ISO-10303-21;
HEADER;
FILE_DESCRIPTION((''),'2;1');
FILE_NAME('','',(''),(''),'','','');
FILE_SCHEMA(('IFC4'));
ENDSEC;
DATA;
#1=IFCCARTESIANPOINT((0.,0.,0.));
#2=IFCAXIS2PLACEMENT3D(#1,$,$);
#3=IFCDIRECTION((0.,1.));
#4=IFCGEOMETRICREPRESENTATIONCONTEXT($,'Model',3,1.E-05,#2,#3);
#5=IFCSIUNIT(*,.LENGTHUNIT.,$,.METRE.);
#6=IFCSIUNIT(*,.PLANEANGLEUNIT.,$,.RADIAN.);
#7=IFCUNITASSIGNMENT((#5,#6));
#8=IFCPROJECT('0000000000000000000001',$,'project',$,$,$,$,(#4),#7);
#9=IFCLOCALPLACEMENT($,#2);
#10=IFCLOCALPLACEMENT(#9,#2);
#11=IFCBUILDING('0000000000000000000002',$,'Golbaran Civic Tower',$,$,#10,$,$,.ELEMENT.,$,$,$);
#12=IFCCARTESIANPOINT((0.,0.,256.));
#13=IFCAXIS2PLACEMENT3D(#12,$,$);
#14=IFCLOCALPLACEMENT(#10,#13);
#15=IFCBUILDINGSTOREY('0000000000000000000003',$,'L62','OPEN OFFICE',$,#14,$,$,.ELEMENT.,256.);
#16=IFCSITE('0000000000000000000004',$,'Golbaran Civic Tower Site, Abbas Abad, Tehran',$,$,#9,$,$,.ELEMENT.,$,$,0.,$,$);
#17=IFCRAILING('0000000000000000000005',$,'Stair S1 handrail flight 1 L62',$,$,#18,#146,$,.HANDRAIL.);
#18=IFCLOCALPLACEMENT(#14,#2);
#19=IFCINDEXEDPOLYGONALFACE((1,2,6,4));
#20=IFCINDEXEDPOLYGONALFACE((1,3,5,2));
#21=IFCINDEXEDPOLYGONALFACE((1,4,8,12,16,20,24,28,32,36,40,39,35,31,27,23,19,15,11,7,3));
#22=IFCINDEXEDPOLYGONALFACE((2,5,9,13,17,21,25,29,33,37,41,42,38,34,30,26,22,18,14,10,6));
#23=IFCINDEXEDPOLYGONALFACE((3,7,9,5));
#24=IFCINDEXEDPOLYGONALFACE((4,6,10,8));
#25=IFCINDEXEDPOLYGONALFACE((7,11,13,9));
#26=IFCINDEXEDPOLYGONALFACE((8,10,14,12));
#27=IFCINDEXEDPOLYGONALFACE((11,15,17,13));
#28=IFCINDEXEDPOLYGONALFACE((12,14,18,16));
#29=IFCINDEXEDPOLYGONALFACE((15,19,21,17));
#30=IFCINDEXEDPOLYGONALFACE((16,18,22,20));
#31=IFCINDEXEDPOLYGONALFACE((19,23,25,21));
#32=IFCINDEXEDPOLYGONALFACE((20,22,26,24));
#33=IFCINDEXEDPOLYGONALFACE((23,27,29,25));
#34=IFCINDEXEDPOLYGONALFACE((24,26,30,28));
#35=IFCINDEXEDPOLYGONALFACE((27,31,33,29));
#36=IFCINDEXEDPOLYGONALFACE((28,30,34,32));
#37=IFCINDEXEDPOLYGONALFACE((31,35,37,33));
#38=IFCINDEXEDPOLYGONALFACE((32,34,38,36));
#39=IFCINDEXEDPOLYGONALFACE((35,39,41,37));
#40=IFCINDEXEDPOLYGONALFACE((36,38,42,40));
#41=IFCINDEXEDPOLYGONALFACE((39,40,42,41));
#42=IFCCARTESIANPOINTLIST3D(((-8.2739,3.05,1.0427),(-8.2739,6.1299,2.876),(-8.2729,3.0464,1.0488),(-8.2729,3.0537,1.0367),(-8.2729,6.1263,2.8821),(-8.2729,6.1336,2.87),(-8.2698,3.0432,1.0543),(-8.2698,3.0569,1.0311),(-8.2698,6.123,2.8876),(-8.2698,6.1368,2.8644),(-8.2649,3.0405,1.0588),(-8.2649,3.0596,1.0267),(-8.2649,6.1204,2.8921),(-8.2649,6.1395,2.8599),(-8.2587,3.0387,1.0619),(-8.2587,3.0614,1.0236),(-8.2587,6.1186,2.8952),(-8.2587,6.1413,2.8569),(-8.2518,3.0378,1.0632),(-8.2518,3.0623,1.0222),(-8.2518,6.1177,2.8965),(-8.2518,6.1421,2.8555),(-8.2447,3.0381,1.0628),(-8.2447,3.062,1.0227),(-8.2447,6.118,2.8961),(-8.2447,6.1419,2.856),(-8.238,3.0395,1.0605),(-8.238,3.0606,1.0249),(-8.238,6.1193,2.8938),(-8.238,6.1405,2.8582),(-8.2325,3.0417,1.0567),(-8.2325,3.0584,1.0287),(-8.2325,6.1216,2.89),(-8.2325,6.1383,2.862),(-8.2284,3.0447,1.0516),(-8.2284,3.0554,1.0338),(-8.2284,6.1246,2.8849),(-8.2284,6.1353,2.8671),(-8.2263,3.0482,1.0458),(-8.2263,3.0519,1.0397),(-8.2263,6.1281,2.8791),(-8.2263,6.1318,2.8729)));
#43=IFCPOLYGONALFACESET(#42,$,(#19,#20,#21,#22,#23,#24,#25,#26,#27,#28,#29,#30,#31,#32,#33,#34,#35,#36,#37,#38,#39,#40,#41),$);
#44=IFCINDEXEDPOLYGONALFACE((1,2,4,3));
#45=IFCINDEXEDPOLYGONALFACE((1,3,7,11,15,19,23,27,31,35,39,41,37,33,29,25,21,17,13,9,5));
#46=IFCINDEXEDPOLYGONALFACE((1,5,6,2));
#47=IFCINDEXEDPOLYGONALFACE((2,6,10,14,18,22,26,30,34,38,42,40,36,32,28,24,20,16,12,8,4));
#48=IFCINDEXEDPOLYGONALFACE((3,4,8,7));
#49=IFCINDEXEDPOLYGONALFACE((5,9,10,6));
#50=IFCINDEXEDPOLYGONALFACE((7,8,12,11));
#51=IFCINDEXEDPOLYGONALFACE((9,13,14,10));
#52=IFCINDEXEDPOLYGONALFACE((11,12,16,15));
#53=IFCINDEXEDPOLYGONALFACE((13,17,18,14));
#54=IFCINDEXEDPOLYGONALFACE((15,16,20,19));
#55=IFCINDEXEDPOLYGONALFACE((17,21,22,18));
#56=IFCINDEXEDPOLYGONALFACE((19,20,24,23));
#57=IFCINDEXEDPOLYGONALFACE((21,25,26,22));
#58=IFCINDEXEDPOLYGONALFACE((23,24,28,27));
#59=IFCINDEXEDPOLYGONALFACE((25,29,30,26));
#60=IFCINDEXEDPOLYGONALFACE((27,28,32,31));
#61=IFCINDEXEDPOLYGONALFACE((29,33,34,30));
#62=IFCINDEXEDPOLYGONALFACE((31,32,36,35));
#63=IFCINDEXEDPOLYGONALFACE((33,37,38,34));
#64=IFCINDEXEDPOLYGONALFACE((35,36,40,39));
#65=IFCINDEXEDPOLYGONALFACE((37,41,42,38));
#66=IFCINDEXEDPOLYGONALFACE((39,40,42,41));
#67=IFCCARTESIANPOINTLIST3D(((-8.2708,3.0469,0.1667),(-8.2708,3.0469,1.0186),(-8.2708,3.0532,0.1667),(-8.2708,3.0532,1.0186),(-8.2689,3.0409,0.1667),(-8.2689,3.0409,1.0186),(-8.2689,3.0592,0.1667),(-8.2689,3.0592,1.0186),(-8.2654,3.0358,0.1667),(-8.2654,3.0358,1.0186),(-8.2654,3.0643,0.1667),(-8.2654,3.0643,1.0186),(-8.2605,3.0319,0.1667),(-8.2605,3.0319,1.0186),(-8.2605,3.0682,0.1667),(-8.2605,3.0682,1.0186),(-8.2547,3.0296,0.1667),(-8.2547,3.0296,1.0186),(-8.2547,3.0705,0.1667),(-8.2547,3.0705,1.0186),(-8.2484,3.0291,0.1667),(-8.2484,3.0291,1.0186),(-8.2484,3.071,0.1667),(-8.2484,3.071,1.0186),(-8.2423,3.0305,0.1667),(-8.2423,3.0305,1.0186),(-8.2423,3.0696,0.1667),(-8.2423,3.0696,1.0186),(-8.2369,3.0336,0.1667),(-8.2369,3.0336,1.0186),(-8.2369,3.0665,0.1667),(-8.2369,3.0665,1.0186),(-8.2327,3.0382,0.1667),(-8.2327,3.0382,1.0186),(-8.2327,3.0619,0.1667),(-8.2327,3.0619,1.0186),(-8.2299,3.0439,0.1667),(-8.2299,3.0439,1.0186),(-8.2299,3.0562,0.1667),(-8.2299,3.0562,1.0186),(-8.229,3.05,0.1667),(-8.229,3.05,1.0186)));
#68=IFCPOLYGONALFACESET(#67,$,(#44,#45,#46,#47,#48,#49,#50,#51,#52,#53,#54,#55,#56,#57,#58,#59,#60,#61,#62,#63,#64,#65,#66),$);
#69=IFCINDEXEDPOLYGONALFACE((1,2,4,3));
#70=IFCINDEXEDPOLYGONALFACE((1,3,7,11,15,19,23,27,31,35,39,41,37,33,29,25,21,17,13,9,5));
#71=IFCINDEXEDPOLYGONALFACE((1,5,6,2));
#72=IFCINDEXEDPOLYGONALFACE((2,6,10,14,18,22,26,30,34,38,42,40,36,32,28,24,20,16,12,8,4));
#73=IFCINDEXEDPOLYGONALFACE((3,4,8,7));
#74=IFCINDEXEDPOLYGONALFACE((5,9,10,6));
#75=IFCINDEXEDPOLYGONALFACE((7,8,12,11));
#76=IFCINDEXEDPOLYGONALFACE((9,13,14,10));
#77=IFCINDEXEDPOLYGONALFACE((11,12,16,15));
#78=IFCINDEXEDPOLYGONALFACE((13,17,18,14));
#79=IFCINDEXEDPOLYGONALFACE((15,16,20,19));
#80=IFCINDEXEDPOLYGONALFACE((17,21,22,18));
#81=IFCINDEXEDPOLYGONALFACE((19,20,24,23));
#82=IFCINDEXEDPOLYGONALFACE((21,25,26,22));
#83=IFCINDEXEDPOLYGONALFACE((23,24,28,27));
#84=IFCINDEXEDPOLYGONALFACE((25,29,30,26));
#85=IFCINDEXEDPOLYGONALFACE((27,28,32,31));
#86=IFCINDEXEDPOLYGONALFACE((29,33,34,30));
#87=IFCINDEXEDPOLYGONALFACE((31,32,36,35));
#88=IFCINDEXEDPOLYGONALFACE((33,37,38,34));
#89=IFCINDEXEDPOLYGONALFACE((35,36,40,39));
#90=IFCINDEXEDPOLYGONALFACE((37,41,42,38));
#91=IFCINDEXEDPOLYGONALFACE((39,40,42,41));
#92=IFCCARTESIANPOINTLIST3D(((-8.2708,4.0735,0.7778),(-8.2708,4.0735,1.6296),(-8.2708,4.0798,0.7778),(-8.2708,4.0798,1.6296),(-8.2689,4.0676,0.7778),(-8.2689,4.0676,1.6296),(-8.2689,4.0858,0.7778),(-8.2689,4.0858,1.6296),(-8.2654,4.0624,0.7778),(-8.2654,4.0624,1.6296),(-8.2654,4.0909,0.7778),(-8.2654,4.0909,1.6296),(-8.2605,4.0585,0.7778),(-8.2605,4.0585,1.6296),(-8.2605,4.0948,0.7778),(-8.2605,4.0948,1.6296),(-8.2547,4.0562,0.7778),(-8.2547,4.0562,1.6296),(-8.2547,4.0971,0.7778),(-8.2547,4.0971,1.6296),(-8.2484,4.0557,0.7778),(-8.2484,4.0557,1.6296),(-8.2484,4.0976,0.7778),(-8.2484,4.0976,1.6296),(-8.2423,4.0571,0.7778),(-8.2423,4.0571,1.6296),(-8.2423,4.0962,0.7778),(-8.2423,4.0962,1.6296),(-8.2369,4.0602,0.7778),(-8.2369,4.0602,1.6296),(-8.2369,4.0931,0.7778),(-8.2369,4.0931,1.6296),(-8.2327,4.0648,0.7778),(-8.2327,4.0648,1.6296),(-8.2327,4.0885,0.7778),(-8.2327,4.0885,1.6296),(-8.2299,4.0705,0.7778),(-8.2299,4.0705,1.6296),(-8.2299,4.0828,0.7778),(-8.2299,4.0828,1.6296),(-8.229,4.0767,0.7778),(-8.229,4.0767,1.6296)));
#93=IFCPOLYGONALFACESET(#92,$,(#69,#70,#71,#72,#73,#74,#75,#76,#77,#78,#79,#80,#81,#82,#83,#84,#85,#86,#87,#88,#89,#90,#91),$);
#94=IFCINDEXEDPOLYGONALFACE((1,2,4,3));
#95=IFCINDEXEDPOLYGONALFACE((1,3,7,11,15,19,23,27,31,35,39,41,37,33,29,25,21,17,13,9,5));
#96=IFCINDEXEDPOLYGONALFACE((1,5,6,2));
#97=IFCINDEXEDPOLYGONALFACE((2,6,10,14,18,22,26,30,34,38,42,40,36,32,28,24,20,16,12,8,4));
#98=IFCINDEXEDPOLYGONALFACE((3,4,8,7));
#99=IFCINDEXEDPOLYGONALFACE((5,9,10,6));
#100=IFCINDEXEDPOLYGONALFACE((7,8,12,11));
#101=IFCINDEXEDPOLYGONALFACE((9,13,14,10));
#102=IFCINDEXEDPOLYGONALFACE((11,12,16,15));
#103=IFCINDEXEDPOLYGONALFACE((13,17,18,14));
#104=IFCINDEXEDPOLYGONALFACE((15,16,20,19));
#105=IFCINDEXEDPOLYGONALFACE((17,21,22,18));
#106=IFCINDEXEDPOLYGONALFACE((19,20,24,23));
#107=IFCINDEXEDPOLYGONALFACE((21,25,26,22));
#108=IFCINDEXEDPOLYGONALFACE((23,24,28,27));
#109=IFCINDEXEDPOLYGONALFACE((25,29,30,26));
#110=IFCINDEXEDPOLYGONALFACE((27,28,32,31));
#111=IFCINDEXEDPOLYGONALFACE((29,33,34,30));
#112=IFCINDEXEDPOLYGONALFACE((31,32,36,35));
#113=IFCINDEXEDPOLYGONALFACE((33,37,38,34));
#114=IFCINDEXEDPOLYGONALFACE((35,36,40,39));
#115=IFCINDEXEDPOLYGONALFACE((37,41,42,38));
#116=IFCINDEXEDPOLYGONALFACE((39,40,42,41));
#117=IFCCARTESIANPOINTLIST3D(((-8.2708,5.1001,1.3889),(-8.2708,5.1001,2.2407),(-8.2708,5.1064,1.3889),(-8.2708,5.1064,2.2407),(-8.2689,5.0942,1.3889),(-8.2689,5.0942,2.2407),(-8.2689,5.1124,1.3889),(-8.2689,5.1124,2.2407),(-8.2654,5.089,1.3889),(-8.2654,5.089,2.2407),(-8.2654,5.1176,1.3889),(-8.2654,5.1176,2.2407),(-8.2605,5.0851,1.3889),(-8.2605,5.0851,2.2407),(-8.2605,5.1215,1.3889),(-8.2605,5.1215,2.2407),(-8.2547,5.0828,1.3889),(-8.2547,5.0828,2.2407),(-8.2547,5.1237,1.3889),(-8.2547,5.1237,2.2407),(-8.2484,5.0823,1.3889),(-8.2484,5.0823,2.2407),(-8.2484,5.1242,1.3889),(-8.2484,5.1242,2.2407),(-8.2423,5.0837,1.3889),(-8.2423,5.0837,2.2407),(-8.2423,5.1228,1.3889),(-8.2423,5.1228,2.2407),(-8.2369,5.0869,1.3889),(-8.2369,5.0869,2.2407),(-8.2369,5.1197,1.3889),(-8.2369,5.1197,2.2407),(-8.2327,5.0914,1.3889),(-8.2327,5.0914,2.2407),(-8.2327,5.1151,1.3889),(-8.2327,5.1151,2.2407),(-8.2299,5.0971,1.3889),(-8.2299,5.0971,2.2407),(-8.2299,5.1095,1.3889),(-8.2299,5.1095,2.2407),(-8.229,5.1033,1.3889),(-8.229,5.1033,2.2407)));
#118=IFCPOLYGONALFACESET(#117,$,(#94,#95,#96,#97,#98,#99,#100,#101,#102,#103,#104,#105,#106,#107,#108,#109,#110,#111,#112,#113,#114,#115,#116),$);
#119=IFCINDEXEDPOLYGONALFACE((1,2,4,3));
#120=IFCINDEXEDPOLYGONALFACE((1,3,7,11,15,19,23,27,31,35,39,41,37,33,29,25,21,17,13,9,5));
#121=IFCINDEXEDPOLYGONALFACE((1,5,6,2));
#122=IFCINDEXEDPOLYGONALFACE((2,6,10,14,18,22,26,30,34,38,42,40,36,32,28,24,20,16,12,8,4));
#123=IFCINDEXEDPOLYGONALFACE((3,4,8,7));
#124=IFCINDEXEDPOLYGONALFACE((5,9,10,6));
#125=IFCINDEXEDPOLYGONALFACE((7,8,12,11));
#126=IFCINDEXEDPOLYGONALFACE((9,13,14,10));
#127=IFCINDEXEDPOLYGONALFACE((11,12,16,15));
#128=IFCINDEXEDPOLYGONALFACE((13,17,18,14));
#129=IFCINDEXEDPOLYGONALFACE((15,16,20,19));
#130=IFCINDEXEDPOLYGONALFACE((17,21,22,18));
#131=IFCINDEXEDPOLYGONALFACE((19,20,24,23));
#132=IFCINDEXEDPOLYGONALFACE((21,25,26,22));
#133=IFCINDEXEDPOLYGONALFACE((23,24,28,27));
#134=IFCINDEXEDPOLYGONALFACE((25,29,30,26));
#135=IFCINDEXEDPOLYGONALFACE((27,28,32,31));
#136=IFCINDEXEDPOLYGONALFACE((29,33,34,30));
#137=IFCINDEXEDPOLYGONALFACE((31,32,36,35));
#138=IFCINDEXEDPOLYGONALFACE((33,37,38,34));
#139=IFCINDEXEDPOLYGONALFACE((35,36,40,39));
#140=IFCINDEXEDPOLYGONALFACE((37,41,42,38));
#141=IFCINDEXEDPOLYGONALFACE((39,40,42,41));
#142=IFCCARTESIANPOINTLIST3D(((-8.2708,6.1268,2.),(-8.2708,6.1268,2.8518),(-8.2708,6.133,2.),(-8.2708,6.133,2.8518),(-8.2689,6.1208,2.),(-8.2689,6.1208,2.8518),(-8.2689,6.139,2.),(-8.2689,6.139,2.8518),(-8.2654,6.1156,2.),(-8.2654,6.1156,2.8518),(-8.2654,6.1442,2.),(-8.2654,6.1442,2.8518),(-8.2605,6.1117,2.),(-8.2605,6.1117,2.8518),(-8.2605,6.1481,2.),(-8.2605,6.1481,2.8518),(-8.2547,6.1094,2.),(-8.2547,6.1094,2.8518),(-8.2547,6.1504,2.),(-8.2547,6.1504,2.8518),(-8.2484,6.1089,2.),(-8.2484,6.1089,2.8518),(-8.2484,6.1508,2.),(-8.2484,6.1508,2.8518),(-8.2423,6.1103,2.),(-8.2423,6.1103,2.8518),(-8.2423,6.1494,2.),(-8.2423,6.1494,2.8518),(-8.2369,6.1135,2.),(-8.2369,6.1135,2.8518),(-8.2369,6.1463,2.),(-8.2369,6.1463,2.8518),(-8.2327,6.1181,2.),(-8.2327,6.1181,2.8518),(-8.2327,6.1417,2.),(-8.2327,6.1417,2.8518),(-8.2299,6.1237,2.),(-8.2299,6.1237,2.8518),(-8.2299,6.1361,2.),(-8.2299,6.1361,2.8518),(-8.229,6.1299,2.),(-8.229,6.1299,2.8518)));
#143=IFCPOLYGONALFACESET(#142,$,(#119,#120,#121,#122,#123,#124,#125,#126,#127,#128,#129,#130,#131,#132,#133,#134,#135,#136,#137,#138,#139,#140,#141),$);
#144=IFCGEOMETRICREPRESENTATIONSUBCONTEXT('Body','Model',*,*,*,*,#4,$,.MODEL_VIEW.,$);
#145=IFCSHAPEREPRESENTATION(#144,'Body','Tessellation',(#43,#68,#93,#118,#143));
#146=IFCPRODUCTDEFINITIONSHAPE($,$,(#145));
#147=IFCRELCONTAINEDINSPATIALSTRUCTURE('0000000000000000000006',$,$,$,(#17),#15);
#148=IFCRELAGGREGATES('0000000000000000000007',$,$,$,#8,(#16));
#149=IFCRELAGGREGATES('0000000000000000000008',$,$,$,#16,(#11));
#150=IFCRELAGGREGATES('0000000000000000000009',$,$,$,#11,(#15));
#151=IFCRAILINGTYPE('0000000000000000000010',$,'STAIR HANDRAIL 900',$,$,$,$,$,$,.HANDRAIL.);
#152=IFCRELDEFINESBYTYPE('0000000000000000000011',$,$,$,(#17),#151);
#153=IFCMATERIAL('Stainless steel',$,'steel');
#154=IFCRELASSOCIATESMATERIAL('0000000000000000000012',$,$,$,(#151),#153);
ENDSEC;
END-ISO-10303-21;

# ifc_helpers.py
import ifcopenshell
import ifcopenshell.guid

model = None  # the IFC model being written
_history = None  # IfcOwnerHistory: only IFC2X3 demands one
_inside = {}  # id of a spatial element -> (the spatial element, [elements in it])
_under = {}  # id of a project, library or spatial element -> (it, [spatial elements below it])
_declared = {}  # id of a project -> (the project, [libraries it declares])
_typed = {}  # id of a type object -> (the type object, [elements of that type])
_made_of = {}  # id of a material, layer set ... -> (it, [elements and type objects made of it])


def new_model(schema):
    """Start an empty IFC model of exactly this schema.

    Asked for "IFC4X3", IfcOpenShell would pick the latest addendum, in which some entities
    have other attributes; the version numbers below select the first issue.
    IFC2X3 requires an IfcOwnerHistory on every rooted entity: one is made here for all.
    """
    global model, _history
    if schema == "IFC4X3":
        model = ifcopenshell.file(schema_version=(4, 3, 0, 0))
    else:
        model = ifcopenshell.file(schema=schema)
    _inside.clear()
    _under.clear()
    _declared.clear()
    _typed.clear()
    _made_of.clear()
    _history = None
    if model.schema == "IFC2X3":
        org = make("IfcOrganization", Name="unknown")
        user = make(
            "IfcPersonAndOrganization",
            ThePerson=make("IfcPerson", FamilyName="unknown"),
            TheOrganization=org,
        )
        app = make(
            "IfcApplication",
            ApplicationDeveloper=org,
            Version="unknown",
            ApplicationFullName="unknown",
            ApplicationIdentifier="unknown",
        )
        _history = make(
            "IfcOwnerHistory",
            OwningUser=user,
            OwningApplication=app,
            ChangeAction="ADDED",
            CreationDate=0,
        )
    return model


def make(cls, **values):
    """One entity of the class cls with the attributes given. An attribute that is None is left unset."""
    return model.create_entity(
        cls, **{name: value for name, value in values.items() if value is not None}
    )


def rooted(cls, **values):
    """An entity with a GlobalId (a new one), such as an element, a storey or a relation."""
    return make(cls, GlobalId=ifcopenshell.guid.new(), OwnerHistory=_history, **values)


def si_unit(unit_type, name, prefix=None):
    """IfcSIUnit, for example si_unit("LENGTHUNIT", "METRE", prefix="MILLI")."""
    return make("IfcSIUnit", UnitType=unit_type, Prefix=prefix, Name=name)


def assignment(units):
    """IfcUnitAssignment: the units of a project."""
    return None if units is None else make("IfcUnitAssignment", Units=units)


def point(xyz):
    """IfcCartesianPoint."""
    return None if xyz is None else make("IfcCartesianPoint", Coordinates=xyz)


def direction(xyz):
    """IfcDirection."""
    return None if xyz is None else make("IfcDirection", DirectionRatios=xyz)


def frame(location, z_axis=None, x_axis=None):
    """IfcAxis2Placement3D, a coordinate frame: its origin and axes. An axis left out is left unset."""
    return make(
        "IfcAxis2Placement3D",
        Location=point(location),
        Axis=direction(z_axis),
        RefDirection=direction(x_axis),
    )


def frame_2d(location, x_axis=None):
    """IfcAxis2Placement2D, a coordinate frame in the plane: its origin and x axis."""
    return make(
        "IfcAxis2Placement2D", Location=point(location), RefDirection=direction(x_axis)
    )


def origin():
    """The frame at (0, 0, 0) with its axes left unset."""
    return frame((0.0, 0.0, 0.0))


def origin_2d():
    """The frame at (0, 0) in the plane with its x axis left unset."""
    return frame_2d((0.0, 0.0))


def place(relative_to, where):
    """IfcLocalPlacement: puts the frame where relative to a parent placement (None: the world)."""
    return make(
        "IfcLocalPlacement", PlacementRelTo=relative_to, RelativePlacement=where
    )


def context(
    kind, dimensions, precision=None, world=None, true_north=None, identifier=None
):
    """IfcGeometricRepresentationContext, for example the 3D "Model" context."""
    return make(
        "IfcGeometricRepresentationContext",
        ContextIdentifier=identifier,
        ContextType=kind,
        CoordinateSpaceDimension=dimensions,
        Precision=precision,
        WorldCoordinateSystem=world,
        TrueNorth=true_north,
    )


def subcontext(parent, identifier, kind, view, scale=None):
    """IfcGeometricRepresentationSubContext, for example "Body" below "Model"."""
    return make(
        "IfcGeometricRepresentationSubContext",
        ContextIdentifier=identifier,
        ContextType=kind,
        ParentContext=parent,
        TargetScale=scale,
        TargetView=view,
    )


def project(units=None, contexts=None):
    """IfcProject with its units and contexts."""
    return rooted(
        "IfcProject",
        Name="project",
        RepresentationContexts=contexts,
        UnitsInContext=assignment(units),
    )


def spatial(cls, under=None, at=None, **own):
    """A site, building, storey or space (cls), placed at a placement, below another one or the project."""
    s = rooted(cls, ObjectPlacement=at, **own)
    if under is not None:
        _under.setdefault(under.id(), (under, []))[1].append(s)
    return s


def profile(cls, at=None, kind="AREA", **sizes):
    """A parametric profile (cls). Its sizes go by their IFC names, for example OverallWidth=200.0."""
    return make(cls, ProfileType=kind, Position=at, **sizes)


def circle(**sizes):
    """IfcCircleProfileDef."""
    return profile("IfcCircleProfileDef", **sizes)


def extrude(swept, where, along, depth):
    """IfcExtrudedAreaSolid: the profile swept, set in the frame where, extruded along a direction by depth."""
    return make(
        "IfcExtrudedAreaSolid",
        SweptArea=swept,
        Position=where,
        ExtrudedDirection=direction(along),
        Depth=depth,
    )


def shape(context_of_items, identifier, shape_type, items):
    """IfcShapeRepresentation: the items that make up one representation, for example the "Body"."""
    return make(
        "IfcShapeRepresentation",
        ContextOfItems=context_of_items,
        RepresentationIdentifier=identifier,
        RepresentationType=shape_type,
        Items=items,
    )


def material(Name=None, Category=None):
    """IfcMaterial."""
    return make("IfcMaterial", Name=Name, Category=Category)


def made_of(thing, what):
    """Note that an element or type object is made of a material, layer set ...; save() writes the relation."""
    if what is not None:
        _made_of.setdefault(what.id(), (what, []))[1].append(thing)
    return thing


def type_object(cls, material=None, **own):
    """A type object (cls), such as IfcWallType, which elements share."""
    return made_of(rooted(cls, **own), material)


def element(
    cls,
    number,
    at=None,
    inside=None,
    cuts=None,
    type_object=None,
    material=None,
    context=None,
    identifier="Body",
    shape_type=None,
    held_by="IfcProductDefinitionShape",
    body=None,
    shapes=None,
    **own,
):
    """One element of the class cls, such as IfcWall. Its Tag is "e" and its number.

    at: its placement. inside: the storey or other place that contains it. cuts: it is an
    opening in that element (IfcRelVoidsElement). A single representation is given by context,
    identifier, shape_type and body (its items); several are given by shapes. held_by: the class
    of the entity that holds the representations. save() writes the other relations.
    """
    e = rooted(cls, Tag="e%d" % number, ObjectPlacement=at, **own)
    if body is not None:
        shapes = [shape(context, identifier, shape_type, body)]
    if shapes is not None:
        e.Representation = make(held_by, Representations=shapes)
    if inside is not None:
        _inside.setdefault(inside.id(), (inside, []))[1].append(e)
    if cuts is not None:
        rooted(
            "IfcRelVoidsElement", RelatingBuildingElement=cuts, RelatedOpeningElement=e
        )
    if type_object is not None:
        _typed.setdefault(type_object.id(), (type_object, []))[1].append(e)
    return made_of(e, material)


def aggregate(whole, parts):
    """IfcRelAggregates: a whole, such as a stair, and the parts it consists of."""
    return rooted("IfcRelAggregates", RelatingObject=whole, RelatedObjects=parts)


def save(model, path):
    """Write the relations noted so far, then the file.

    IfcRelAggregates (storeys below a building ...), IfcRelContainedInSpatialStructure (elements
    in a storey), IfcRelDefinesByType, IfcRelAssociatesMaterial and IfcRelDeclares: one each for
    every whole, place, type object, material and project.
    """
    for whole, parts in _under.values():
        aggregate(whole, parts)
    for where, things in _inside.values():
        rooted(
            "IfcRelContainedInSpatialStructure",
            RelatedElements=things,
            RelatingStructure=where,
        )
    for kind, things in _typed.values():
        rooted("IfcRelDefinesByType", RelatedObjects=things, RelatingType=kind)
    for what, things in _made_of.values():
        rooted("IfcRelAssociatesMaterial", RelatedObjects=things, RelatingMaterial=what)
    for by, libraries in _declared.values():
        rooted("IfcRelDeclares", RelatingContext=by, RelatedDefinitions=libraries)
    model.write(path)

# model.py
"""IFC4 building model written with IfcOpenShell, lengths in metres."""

from ifc_helpers import new_model, si_unit, direction, frame, origin, origin_2d, place, context, subcontext, project, spatial, circle, extrude, material, type_object, element, save


model = new_model("IFC4")

# Units and contexts
model_context = context("Model", 3, precision=1e-05, world=origin(), true_north=direction((0.0, 1.0)))
body_context = subcontext(model_context, "Body", "Model", "MODEL_VIEW")
ifc_project = project(units=[si_unit("LENGTHUNIT", "METRE"), si_unit("PLANEANGLEUNIT", "RADIAN")], contexts=[model_context])

# Site, building, storey
site_placement = place(None, origin())
site = spatial("IfcSite", under=ifc_project, at=site_placement, Name="Golbaran Civic Tower Site, Abbas Abad, Tehran", CompositionType="ELEMENT", RefElevation=0.0)
building_placement = place(site_placement, origin())
building = spatial("IfcBuilding", under=site, at=building_placement, Name="Golbaran Civic Tower", CompositionType="ELEMENT")
storey_placement = place(building_placement, frame((0.0, 0.0, 256.0)))
storey = spatial("IfcBuildingStorey", under=building, at=storey_placement, Name="L62", Description="OPEN OFFICE", CompositionType="ELEMENT", Elevation=256.0)

# Shared definitions
ifc_material_1 = material(Name="Stainless steel", Category="steel")

# Railing
railing_type = type_object("IfcRailingType", Name="STAIR HANDRAIL 900", PredefinedType="HANDRAIL", material=ifc_material_1)
railing_1_placement = place(storey_placement, frame((-8.25, 3.05, 0.1667)))
element("IfcRailing", 1, at=railing_1_placement, inside=storey, type_object=railing_type, Name="Stair S1 handrail flight 1 L62", PredefinedType="HANDRAIL", context=body_context, shape_type="SweptSolid", body=[
    extrude(circle(Radius=0.0239, at=origin_2d()), frame((0.0, 0.0, 0.876), z_axis=(0.0, 0.859291, 0.511487), x_axis=(-1.0, 0.0, 0.0)), (0.0, 0.0, 1.0), 3.5842),
    extrude(circle(Radius=0.021, at=origin_2d()), origin(), (0.0, 0.0, 1.0), 0.8518),
    extrude(circle(Radius=0.021, at=origin_2d()), frame((0.0, 1.0266, 0.6111)), (0.0, 0.0, 1.0), 0.8518),
    extrude(circle(Radius=0.021, at=origin_2d()), frame((0.0, 2.0532, 1.2222)), (0.0, 0.0, 1.0), 0.8518),
    extrude(circle(Radius=0.021, at=origin_2d()), frame((0.0, 3.0798, 1.8333)), (0.0, 0.0, 1.0), 0.8518),
])

save(model, "model.ifc")
